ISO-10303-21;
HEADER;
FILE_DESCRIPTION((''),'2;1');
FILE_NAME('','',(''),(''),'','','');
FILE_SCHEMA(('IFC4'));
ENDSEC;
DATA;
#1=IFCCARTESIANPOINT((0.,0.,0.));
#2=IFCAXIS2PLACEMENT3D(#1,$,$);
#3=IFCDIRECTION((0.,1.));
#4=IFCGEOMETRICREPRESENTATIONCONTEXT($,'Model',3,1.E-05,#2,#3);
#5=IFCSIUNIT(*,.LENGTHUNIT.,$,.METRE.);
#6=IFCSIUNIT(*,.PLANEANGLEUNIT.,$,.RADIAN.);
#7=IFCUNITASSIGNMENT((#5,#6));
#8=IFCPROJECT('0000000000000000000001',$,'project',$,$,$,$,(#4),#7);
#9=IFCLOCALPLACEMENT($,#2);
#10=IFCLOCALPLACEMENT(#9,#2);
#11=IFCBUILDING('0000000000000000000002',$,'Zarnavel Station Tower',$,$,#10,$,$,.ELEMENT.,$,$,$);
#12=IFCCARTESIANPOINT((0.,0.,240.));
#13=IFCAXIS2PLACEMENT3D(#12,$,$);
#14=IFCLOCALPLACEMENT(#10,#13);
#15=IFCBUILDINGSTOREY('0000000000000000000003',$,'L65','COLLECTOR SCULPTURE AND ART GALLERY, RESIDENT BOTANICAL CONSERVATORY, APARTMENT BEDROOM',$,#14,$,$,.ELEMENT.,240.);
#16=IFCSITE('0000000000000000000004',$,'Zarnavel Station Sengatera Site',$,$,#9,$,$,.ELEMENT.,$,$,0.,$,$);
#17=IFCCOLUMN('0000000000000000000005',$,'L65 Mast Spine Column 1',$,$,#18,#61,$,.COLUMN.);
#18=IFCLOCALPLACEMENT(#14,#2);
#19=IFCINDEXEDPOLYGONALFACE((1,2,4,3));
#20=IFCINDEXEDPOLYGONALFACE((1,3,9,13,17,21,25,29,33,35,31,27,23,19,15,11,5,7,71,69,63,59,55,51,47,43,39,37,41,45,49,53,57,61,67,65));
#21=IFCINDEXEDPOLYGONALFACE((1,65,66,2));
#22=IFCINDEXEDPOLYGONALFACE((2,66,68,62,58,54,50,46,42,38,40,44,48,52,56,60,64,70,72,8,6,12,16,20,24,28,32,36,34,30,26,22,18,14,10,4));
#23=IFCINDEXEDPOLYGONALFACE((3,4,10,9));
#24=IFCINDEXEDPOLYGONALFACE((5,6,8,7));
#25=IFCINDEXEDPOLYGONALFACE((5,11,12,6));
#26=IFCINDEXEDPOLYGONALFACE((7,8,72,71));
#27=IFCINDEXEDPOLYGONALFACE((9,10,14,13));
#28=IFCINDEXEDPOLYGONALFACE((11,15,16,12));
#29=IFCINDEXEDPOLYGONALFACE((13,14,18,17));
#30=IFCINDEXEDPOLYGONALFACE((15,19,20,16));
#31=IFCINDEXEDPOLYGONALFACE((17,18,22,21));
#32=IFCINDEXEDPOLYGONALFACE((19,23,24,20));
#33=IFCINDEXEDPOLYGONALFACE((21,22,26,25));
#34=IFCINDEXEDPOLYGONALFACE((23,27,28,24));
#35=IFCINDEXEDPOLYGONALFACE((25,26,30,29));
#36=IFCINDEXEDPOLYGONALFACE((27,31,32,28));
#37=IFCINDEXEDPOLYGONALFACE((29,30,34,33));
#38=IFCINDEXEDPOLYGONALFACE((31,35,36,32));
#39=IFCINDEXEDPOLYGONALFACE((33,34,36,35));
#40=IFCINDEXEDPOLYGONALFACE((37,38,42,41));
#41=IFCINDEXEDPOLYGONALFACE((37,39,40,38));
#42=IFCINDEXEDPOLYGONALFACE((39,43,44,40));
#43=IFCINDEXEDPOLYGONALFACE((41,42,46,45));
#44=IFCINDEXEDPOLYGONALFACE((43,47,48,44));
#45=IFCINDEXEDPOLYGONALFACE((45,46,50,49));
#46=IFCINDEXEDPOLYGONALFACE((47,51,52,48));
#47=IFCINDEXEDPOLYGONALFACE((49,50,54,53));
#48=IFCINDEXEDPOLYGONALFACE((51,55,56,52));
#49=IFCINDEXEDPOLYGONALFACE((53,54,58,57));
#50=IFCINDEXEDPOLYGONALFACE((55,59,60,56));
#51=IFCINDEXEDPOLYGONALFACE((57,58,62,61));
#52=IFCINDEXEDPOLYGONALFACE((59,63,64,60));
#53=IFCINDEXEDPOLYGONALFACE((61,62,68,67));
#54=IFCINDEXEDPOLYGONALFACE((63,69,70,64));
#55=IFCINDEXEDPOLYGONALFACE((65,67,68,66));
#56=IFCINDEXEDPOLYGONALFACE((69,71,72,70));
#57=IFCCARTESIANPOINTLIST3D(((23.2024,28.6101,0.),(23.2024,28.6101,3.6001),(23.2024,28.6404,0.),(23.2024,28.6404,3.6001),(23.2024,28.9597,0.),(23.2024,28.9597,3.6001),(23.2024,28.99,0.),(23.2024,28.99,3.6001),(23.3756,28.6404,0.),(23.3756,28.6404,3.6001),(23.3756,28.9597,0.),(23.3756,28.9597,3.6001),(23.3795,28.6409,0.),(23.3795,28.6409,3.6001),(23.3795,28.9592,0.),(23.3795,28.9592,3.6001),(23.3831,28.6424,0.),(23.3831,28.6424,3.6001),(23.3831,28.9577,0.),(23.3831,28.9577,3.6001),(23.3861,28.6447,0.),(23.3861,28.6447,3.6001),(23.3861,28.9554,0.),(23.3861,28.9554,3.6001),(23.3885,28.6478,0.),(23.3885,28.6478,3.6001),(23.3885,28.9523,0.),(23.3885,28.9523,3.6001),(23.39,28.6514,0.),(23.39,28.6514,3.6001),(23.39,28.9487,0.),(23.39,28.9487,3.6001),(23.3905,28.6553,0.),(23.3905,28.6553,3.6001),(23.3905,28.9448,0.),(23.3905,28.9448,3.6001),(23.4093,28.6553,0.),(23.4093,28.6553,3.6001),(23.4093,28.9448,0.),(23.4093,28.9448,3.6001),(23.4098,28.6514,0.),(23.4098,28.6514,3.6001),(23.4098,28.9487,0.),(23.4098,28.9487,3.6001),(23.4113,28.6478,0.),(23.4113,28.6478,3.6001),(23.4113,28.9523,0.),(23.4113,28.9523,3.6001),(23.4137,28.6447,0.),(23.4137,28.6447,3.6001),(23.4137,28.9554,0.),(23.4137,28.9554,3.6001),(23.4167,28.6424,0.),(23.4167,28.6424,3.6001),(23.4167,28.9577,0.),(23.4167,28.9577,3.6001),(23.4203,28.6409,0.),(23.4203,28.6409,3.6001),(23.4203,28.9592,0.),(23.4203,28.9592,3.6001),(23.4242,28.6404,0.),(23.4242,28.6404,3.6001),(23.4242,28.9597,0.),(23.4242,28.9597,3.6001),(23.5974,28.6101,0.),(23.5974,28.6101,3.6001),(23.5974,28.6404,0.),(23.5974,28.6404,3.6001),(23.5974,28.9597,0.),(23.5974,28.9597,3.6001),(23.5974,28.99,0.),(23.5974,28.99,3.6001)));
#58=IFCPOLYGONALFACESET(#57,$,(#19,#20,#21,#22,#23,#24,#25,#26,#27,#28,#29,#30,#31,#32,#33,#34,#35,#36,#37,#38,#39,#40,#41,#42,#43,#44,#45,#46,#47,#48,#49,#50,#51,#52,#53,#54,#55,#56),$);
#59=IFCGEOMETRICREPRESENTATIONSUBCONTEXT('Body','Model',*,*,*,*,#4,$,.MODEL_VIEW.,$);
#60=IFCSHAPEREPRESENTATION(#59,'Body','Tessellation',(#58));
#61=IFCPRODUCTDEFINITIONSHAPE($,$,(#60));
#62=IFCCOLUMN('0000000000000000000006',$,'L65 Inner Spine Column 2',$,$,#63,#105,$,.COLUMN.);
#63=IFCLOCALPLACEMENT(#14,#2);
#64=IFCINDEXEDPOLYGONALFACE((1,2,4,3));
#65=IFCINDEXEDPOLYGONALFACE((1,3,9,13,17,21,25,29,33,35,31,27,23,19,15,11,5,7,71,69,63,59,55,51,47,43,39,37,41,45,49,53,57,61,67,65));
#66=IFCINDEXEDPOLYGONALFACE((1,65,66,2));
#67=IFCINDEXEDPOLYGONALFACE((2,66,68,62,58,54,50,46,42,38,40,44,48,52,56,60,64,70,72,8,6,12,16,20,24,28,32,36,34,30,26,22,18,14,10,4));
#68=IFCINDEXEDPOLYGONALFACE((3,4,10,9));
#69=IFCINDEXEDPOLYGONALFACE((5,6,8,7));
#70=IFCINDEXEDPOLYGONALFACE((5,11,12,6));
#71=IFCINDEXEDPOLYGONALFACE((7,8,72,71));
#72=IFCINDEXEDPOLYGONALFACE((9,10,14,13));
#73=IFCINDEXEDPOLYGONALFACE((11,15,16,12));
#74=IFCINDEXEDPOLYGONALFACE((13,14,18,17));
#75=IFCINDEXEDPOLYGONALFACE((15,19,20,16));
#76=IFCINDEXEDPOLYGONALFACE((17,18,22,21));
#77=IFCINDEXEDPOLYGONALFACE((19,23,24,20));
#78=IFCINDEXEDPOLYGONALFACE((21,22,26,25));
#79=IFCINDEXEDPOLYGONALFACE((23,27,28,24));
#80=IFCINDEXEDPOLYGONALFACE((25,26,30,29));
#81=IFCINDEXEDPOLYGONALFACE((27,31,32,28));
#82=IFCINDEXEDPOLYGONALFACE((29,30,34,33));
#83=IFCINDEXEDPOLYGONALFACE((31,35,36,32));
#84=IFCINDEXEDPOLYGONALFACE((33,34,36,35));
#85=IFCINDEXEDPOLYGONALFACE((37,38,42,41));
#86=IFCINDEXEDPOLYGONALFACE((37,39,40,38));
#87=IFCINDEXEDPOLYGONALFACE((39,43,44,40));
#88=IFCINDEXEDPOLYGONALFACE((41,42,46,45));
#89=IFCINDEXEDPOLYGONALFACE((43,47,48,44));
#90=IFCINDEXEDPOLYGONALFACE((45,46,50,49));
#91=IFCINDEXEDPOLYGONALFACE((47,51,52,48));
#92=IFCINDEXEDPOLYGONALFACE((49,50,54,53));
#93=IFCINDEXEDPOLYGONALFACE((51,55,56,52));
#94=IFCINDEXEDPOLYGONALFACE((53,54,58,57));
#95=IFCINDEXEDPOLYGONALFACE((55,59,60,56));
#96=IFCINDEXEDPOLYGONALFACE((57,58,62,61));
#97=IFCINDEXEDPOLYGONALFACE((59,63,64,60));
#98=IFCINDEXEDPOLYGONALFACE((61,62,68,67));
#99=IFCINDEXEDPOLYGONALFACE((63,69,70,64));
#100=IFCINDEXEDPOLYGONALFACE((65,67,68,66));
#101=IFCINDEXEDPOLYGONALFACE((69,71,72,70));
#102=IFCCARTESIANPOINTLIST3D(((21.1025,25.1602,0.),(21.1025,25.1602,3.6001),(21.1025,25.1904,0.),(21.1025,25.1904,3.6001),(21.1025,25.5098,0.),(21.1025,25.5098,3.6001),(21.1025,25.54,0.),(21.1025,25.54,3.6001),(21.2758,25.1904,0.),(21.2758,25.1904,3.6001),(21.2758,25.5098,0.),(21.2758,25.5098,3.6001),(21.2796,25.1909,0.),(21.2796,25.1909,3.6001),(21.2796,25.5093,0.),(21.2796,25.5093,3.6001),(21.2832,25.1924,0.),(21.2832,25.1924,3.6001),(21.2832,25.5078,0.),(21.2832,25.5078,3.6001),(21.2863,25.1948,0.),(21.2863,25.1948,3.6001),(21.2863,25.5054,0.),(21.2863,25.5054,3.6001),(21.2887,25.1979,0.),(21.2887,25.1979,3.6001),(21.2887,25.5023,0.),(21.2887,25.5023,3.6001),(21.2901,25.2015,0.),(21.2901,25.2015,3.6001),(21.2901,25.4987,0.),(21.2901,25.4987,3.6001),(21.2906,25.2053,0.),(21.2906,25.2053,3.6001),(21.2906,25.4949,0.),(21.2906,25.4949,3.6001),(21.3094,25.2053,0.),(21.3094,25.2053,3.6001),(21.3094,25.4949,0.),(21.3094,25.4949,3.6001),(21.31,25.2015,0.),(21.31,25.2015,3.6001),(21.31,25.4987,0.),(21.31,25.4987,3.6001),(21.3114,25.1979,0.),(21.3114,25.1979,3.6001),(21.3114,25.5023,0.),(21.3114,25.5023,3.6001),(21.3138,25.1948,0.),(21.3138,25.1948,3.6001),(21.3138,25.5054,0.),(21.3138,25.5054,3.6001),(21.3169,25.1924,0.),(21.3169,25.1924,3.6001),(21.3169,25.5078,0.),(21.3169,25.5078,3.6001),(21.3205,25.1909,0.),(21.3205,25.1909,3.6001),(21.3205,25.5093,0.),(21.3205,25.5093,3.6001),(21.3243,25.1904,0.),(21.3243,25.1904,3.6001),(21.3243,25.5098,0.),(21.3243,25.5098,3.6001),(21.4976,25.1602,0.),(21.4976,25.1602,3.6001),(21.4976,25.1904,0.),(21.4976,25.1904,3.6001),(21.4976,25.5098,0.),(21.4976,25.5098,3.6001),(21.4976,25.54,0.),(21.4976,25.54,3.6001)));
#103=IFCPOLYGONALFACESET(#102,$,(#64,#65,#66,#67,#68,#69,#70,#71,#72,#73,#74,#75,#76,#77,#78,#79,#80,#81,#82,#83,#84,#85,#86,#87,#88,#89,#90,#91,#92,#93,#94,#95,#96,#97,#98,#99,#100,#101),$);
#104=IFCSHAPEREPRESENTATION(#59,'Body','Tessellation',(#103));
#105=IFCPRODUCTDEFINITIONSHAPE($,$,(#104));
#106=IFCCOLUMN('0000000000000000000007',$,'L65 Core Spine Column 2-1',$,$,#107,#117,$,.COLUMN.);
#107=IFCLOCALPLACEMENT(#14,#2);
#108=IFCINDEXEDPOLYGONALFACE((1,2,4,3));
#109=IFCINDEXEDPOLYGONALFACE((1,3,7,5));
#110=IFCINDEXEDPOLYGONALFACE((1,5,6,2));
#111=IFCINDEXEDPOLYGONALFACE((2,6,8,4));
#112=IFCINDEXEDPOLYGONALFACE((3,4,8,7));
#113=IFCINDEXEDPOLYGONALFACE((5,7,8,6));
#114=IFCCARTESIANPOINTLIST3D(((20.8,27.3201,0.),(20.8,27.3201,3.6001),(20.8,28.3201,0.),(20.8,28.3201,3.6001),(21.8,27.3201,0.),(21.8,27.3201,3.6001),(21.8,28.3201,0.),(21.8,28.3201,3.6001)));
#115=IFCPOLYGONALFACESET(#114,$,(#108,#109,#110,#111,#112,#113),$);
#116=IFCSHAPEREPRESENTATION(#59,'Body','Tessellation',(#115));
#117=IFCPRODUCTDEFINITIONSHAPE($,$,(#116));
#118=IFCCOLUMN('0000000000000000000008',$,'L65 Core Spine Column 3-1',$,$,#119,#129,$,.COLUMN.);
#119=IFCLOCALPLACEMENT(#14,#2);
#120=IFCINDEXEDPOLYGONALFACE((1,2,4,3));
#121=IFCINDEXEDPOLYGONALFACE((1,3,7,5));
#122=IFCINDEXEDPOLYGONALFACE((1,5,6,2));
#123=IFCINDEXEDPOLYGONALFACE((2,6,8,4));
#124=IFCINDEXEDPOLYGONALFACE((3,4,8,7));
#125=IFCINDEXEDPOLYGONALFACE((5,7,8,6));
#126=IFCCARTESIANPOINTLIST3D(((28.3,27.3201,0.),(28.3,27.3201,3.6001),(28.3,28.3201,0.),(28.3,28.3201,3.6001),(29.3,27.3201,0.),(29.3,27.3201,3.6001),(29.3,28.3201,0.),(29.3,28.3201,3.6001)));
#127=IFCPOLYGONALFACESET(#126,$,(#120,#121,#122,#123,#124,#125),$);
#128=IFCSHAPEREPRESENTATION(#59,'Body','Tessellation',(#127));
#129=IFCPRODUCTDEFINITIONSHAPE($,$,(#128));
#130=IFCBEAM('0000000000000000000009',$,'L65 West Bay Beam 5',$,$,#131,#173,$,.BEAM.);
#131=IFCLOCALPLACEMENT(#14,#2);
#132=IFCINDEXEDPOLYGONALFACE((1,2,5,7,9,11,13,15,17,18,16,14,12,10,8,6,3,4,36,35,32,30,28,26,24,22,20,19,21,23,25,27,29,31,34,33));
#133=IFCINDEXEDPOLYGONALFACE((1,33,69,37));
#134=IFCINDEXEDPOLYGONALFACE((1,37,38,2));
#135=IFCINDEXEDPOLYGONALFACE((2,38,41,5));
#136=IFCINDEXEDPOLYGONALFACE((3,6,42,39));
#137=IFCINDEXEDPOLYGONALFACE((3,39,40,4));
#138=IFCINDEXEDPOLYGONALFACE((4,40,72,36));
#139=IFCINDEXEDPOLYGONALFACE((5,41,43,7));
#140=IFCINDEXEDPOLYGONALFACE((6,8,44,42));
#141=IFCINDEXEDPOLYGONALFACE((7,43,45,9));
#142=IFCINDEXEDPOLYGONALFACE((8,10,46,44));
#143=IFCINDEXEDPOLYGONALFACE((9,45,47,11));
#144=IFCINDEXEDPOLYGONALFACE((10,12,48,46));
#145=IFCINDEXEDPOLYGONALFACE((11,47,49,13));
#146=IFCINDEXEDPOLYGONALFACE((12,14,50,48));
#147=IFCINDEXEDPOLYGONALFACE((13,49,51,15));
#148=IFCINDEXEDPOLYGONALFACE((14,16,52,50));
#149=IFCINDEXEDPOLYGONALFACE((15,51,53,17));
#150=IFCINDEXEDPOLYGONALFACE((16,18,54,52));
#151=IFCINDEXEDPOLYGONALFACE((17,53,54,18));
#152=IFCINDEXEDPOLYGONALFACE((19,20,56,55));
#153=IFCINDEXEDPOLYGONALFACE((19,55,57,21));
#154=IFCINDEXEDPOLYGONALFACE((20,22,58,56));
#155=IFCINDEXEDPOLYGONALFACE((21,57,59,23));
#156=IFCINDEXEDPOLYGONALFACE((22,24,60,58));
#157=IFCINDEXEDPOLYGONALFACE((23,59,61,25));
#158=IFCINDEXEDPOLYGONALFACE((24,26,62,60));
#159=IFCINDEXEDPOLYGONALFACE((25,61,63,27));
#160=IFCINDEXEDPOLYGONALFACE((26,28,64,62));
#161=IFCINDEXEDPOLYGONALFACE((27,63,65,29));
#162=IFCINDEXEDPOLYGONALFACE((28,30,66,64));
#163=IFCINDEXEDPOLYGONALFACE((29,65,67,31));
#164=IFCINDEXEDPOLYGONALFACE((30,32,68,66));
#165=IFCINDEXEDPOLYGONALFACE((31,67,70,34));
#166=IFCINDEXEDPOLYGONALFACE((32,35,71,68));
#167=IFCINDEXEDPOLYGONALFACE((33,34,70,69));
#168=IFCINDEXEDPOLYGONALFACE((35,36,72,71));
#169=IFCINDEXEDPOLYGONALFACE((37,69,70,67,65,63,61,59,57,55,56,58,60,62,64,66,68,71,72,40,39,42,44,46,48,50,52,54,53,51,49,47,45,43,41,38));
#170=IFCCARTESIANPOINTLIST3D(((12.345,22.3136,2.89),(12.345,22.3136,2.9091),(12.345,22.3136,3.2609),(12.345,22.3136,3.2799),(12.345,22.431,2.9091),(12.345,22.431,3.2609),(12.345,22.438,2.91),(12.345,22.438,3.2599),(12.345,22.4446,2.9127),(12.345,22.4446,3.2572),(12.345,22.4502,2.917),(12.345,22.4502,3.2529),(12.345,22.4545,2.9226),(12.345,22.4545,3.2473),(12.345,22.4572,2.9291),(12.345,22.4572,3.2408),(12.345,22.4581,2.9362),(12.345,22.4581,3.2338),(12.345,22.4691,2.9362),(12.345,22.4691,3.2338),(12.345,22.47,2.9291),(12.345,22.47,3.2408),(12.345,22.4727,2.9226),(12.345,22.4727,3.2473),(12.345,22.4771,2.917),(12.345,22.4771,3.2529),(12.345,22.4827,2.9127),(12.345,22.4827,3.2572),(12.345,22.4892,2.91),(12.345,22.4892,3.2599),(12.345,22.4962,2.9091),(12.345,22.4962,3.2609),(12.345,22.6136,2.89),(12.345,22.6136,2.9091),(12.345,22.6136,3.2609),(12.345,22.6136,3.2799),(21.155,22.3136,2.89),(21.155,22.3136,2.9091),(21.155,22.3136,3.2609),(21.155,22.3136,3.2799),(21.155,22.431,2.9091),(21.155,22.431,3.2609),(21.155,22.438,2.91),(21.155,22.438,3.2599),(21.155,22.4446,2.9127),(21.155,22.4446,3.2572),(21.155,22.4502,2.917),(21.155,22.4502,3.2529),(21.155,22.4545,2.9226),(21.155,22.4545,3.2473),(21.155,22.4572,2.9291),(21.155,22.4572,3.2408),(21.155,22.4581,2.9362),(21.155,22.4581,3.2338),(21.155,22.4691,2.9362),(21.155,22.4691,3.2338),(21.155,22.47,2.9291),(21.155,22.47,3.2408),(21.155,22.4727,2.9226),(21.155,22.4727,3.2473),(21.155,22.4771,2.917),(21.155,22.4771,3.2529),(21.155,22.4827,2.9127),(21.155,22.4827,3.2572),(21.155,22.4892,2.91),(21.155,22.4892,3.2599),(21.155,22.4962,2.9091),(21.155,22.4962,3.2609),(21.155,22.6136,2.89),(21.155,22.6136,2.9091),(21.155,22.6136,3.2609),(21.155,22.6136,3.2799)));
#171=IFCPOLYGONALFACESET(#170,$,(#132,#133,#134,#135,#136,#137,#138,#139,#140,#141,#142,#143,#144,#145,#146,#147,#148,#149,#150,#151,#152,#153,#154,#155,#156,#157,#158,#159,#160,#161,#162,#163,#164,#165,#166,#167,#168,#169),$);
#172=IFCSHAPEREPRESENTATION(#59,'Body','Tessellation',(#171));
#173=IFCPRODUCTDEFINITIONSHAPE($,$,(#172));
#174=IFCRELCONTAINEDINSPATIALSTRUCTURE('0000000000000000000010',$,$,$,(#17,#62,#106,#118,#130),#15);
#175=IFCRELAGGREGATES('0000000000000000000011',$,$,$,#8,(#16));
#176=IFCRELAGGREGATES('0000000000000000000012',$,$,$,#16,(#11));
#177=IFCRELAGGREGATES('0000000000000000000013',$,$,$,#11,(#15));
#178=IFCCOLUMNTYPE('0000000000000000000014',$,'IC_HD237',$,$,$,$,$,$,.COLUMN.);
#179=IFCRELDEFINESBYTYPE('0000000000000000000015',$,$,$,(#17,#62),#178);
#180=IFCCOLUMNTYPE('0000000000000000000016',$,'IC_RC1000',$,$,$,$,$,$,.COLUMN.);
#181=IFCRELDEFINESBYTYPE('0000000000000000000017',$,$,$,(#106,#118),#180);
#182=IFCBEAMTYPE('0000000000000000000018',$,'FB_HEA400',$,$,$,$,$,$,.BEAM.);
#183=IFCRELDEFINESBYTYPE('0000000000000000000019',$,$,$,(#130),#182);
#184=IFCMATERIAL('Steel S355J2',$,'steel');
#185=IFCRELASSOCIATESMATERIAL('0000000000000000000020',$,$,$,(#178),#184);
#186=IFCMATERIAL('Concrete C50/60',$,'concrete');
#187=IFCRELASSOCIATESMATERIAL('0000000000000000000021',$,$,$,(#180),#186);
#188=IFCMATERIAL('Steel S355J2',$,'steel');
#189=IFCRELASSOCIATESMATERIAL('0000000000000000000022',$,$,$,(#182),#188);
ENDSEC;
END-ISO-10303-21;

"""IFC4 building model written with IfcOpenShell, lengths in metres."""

from ifc_helpers import new_model, si_unit, direction, frame, origin, origin_2d, place, context, subcontext, project, spatial, rectangle, i_section, extrude, material, material_profile, profile_set, type_object, element, save


model = new_model("IFC4")

# Units and contexts
model_context = context("Model", 3, precision=1e-05, world=origin(), true_north=direction((0.0, 1.0)))
body_context = subcontext(model_context, "Body", "Model", "MODEL_VIEW")
ifc_project = project(units=[si_unit("LENGTHUNIT", "METRE"), si_unit("PLANEANGLEUNIT", "RADIAN")], contexts=[model_context])

# Site, building, storey
site_placement = place(None, origin())
site = spatial("IfcSite", under=ifc_project, at=site_placement, Name="Zarnavel Station Sengatera Site", CompositionType="ELEMENT", RefElevation=0.0)
building_placement = place(site_placement, origin())
building = spatial("IfcBuilding", under=site, at=building_placement, Name="Zarnavel Station Tower", CompositionType="ELEMENT")
storey_placement = place(building_placement, frame((0.0, 0.0, 240.0)))
storey = spatial("IfcBuildingStorey", under=building, at=storey_placement, Name="L65", Description="COLLECTOR SCULPTURE AND ART GALLERY, RESIDENT BOTANICAL CONSERVATORY, APARTMENT BEDROOM", CompositionType="ELEMENT", Elevation=240.0)

# Columns
ifc_material_1 = material(Name="Steel S355J2", Category="steel")
ifc_material_profile_1 = material_profile(ifc_material_1, i_section(OverallWidth=0.395, OverallDepth=0.3799, WebThickness=0.0188, FlangeThickness=0.0303, FilletRadius=0.0149, at=origin_2d()), Name="HD400x237")
ifc_profile_set_1 = profile_set([ifc_material_profile_1], Name="Steel S355J2")
column_type_1 = type_object("IfcColumnType", Name="IC_HD237", PredefinedType="COLUMN", material=ifc_profile_set_1)
for number, where, z_axis, x_axis, name in (
    (1, (23.3999, 28.8, 0.0), (0.0, 0.0, 1.0), (1.0, 0.0, 0.0), "L65 Mast Spine Column 1"),
    (2, (21.3, 25.3501, 0.0), (0.0, 0.0, 1.0), (1.0, 0.0, 0.0), "L65 Inner Spine Column 2"),
):
    element("IfcColumn", number, at=place(storey_placement, frame(where, z_axis=z_axis, x_axis=x_axis)), inside=storey, type_object=column_type_1, Name=name, PredefinedType="COLUMN", context=body_context, shape_type="SweptSolid", body=[
        extrude(i_section(OverallWidth=0.395, OverallDepth=0.3799, WebThickness=0.0188, FlangeThickness=0.0303, FilletRadius=0.0149, at=origin_2d()), origin(), (0.0, 0.0, 1.0), 3.6001),
    ])
ifc_material_2 = material(Name="Concrete C50/60", Category="concrete")
ifc_material_profile_2 = material_profile(ifc_material_2, rectangle(XDim=1.0, YDim=1.0, at=origin_2d()), Name="RC1000x1000")
ifc_profile_set_2 = profile_set([ifc_material_profile_2], Name="Concrete C50/60")
column_type_2 = type_object("IfcColumnType", Name="IC_RC1000", PredefinedType="COLUMN", material=ifc_profile_set_2)
for number, where, z_axis, x_axis, name in (
    (3, (21.3, 27.8201, 0.0), (0.0, 0.0, 1.0), (1.0, 0.0, 0.0), "L65 Core Spine Column 2-1"),
    (4, (28.8, 27.8201, 0.0), (0.0, 0.0, 1.0), (1.0, 0.0, 0.0), "L65 Core Spine Column 3-1"),
):
    element("IfcColumn", number, at=place(storey_placement, frame(where, z_axis=z_axis, x_axis=x_axis)), inside=storey, type_object=column_type_2, Name=name, PredefinedType="COLUMN", context=body_context, shape_type="SweptSolid", body=[
        extrude(rectangle(XDim=1.0, YDim=1.0, at=origin_2d()), origin(), (0.0, 0.0, 1.0), 3.6001),
    ])

# Beam
ifc_material_3 = material(Name="Steel S355J2", Category="steel")
ifc_material_profile_3 = material_profile(ifc_material_3, i_section(OverallWidth=0.3, OverallDepth=0.3899, WebThickness=0.011, FlangeThickness=0.019, FilletRadius=0.0271, at=origin_2d()), Name="HEA400")
ifc_profile_set_3 = profile_set([ifc_material_profile_3], Name="Steel S355J2")
beam_type_1 = type_object("IfcBeamType", Name="FB_HEA400", PredefinedType="BEAM", material=ifc_profile_set_3)
beam_1_placement = place(storey_placement, frame((12.345, 22.4636, 3.085), z_axis=(1.0, 0.0, 0.0), x_axis=(0.0, 1.0, 0.0)))
element("IfcBeam", 5, at=beam_1_placement, inside=storey, type_object=beam_type_1, Name="L65 West Bay Beam 5", PredefinedType="BEAM", context=body_context, shape_type="SweptSolid", body=[
    extrude(i_section(OverallWidth=0.3, OverallDepth=0.3899, WebThickness=0.011, FlangeThickness=0.019, FilletRadius=0.0271, at=origin_2d()), origin(), (0.0, 0.0, 1.0), 8.8101),
])

save(model, "model.ifc")
